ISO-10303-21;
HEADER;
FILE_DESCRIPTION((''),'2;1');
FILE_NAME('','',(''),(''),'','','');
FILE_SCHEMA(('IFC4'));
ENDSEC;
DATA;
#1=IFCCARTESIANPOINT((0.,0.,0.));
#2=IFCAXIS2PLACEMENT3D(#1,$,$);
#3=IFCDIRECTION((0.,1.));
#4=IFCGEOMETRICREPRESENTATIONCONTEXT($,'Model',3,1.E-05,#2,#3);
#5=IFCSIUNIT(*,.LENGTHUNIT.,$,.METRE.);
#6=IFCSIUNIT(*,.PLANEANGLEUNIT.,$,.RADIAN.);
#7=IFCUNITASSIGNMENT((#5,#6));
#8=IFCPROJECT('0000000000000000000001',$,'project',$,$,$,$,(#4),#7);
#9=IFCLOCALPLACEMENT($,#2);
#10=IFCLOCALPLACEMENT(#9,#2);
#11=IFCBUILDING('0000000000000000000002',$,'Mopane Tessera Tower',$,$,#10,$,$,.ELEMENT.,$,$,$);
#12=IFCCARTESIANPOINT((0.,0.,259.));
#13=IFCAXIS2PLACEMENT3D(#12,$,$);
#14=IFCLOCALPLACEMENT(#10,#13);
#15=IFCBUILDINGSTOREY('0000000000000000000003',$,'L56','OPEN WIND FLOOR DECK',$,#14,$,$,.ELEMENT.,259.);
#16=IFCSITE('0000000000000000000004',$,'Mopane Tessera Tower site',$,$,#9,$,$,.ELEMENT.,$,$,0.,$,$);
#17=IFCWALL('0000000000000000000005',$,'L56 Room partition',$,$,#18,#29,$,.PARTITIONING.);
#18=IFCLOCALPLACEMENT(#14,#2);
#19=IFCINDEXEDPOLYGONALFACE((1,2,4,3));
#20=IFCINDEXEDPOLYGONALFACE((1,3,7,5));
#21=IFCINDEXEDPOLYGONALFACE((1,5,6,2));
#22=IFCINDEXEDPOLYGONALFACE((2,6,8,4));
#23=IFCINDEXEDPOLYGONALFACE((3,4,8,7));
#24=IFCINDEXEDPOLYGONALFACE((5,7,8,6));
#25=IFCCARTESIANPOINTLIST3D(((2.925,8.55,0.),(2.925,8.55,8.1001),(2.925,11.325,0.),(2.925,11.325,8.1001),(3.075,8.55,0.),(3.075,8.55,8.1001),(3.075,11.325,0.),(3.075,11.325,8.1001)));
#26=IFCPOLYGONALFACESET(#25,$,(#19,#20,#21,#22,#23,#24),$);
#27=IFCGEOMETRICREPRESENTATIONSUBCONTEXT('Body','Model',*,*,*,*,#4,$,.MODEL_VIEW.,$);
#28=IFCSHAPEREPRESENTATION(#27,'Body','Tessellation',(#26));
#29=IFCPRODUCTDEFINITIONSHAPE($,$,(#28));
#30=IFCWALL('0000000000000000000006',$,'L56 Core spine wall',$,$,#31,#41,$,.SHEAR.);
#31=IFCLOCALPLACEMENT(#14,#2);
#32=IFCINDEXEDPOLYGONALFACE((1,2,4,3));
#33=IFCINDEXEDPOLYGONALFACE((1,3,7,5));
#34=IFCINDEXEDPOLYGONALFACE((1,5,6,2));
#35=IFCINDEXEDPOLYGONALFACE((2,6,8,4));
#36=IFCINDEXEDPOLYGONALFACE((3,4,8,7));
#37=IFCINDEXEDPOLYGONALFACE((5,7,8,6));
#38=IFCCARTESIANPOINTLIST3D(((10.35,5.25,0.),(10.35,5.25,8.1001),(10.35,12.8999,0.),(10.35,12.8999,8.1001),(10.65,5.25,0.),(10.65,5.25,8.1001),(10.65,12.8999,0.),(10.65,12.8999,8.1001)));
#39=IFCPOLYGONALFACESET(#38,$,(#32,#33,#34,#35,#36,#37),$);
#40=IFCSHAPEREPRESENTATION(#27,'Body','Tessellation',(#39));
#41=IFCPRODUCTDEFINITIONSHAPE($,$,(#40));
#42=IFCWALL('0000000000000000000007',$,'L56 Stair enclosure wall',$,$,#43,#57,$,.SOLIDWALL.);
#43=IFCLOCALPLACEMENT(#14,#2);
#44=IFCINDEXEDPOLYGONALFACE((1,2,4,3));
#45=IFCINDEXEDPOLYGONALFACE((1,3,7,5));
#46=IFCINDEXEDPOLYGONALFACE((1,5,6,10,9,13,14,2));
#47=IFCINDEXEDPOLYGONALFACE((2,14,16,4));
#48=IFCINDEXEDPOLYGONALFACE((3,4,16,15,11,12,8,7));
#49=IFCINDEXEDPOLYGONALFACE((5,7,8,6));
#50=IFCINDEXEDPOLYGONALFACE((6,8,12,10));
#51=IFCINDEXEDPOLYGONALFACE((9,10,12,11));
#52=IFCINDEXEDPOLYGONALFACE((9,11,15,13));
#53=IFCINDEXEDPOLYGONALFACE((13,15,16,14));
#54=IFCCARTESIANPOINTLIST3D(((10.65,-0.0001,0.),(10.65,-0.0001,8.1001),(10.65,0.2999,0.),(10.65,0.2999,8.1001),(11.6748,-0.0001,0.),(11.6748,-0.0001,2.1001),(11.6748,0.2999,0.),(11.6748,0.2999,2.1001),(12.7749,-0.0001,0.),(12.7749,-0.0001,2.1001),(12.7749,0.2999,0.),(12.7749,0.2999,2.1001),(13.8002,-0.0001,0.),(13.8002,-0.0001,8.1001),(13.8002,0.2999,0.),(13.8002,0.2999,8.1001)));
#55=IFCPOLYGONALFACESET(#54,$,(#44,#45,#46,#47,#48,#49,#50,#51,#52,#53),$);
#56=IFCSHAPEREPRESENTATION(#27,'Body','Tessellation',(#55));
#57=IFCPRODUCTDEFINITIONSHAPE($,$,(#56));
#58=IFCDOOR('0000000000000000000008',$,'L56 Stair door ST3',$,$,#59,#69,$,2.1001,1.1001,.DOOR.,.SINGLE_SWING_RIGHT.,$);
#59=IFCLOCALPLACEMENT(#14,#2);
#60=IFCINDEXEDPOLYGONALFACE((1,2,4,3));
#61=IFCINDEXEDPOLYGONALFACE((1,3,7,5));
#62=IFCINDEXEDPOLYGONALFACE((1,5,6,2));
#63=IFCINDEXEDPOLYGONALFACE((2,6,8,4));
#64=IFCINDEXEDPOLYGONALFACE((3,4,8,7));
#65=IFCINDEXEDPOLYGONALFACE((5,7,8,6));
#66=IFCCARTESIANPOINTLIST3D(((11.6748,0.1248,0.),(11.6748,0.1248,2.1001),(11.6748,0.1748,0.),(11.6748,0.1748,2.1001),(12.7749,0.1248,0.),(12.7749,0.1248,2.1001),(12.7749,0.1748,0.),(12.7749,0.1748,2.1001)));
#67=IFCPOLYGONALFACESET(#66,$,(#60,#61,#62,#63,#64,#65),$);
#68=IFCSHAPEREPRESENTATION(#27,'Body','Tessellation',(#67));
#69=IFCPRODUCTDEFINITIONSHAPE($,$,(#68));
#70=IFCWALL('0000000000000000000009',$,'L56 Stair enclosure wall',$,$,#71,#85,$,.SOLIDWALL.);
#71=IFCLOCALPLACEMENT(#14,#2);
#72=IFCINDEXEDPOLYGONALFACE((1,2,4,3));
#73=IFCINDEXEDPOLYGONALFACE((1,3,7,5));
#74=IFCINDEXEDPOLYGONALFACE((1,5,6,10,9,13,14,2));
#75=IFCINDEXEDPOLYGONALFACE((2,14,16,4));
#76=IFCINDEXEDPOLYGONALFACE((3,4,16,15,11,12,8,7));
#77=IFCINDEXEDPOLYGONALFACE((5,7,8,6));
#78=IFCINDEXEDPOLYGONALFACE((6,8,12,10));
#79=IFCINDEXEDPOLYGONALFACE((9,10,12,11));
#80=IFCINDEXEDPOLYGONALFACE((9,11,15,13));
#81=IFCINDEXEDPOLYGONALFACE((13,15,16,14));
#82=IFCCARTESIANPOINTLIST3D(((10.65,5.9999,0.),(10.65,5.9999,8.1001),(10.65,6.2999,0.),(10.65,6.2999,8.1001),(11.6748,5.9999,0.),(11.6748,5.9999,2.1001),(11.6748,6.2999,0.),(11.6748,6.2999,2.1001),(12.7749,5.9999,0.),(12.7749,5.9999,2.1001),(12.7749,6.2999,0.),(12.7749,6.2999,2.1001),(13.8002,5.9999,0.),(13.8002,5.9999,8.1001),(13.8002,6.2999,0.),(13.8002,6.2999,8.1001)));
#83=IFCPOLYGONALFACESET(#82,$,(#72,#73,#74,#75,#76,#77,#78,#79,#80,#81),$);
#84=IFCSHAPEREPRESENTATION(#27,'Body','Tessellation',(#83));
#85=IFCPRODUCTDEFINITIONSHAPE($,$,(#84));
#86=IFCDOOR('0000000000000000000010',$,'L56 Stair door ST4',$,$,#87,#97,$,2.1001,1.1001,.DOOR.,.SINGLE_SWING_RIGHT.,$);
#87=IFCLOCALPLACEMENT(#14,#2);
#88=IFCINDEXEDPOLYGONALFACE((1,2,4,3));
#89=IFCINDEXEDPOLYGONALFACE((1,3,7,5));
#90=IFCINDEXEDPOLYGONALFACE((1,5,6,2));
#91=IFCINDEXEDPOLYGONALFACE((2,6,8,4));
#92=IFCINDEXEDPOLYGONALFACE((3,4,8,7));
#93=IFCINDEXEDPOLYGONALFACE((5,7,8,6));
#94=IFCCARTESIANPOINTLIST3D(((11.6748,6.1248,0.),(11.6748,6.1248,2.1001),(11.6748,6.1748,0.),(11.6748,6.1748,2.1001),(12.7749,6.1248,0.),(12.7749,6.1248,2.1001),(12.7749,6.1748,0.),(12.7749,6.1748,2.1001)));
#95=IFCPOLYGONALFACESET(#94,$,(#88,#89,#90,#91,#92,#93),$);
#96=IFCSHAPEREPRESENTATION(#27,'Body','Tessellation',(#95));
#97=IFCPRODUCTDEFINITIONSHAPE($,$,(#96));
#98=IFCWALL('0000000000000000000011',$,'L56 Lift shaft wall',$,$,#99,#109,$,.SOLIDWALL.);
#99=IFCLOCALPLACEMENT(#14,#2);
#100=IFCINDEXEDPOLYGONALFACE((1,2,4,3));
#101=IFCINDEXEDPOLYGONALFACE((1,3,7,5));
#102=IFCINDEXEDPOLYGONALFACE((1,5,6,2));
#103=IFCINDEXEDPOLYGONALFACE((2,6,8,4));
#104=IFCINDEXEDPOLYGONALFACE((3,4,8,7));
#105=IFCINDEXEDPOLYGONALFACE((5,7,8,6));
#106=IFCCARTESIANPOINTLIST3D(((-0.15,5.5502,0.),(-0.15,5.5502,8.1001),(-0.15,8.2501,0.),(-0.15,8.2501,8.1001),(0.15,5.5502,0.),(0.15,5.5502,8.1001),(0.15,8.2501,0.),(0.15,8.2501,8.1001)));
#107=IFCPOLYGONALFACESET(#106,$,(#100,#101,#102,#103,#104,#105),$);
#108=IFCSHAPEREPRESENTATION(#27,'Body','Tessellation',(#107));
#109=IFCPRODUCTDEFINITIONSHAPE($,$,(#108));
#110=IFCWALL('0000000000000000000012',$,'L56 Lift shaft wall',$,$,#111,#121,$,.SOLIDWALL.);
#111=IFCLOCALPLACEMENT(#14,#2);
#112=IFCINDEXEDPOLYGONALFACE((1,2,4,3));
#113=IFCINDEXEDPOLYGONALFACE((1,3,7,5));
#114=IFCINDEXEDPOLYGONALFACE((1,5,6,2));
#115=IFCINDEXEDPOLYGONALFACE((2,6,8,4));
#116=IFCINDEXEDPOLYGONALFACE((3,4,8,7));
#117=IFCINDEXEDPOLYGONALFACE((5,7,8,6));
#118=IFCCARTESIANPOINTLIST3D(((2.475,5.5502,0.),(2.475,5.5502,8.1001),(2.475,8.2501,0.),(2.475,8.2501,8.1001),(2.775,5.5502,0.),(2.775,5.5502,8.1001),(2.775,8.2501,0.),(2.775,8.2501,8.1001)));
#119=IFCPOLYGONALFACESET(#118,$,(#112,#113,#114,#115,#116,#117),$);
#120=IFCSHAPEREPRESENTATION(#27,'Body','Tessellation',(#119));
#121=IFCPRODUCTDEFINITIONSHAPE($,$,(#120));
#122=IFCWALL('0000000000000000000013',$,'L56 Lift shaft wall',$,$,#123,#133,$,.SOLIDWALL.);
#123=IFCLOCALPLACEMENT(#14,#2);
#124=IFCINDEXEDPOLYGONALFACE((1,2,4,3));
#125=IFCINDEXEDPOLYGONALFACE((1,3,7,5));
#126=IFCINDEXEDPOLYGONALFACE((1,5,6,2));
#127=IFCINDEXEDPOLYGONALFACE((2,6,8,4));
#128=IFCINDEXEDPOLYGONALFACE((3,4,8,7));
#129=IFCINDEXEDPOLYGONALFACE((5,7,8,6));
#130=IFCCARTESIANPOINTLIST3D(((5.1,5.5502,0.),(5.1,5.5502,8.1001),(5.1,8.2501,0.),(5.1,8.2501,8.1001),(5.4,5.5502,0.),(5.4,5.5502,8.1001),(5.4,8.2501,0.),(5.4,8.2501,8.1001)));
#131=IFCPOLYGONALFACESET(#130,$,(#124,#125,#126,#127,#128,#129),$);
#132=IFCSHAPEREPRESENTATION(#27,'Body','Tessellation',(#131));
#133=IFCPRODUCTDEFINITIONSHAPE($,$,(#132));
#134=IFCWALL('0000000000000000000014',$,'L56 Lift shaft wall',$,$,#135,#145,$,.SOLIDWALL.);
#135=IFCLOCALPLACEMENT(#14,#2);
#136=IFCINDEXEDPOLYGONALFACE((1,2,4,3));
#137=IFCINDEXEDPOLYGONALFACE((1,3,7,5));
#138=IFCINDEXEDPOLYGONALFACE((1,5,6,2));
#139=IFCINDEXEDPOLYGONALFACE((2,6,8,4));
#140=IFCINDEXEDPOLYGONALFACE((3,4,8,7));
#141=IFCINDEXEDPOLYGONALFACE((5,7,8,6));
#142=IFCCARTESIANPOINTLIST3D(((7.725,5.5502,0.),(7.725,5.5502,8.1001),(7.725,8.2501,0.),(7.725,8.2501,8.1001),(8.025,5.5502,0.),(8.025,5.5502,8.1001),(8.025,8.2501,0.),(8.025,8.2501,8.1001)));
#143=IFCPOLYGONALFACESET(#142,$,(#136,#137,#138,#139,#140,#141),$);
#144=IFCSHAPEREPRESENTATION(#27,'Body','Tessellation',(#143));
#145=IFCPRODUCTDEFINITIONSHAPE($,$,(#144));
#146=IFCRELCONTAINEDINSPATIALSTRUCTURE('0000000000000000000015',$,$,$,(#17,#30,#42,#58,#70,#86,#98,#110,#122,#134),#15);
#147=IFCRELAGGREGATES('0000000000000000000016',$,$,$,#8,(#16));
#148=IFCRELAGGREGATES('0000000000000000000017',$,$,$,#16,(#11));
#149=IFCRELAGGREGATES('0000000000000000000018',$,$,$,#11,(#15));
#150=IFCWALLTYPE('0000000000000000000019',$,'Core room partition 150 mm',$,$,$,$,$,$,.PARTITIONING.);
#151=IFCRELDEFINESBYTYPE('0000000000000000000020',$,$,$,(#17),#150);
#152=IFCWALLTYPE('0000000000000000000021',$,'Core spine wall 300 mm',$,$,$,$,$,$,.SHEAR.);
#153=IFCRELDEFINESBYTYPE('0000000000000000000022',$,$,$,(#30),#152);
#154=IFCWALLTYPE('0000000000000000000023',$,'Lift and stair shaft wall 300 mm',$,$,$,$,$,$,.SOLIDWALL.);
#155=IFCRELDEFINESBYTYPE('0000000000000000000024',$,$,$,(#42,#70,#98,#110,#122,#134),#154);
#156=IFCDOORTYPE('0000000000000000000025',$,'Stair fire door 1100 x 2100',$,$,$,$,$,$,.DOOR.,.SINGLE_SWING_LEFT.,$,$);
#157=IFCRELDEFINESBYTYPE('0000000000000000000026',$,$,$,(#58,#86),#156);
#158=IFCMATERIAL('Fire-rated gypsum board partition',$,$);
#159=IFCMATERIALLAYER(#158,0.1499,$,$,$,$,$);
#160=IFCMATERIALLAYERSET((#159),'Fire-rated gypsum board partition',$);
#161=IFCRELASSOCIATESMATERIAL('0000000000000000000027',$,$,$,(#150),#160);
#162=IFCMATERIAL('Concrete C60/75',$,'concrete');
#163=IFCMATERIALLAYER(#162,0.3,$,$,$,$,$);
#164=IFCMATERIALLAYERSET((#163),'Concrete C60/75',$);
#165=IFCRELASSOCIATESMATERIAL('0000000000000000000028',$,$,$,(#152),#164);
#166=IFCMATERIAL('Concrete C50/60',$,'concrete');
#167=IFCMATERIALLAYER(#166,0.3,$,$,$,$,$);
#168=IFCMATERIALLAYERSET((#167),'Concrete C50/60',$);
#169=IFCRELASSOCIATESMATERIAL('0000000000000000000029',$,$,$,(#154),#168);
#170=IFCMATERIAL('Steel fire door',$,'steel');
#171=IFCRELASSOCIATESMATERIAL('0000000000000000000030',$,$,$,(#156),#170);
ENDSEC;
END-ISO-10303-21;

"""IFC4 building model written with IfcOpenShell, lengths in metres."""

from ifc_helpers import new_model, si_unit, direction, frame, frame_2d, origin, place, context, subcontext, project, spatial, rectangle, extrude, material, layer, layer_set, type_object, element, fill, save


model = new_model("IFC4")

# Units and contexts
model_context = context("Model", 3, precision=1e-05, world=origin(), true_north=direction((0.0, 1.0)))
body_context = subcontext(model_context, "Body", "Model", "MODEL_VIEW")
ifc_project = project(units=[si_unit("LENGTHUNIT", "METRE"), si_unit("PLANEANGLEUNIT", "RADIAN")], contexts=[model_context])

# Site, building, storey
site_placement = place(None, origin())
site = spatial("IfcSite", under=ifc_project, at=site_placement, Name="Mopane Tessera Tower site", CompositionType="ELEMENT", RefElevation=0.0)
building_placement = place(site_placement, origin())
building = spatial("IfcBuilding", under=site, at=building_placement, Name="Mopane Tessera Tower", CompositionType="ELEMENT")
storey_placement = place(building_placement, frame((0.0, 0.0, 259.0)))
storey = spatial("IfcBuildingStorey", under=building, at=storey_placement, Name="L56", Description="OPEN WIND FLOOR DECK", CompositionType="ELEMENT", Elevation=259.0)

# Walls
ifc_material_1 = material(Name="Fire-rated gypsum board partition")
ifc_layer_1 = layer(ifc_material_1, 0.1499)
ifc_layer_set_1 = layer_set([ifc_layer_1], Name="Fire-rated gypsum board partition")
wall_type_1 = type_object("IfcWallType", Name="Core room partition 150 mm", PredefinedType="PARTITIONING", material=ifc_layer_set_1)
wall_1_placement = place(storey_placement, frame((3.0, 8.55, 0.0), z_axis=(0.0, 0.0, 1.0), x_axis=(0.0, 1.0, 0.0)))
element("IfcWall", 1, at=wall_1_placement, inside=storey, type_object=wall_type_1, Name="L56 Room partition", PredefinedType="PARTITIONING", context=body_context, shape_type="SweptSolid", body=[
    extrude(rectangle(XDim=2.7749, YDim=0.1499, at=frame_2d((1.3875, 0.0))), origin(), (0.0, 0.0, 1.0), 8.1001),
])
ifc_material_2 = material(Name="Concrete C60/75", Category="concrete")
ifc_layer_2 = layer(ifc_material_2, 0.3)
ifc_layer_set_2 = layer_set([ifc_layer_2], Name="Concrete C60/75")
wall_type_2 = type_object("IfcWallType", Name="Core spine wall 300 mm", PredefinedType="SHEAR", material=ifc_layer_set_2)
wall_2_placement = place(storey_placement, frame((10.5, 5.25, 0.0), z_axis=(0.0, 0.0, 1.0), x_axis=(0.0, 1.0, 0.0)))
element("IfcWall", 2, at=wall_2_placement, inside=storey, type_object=wall_type_2, Name="L56 Core spine wall", PredefinedType="SHEAR", context=body_context, shape_type="SweptSolid", body=[
    extrude(rectangle(XDim=7.6499, YDim=0.3, at=frame_2d((3.825, 0.0))), origin(), (0.0, 0.0, 1.0), 8.1001),
])

# Walls, openings, doors
ifc_material_3 = material(Name="Concrete C50/60", Category="concrete")
ifc_layer_3 = layer(ifc_material_3, 0.3)
ifc_layer_set_3 = layer_set([ifc_layer_3], Name="Concrete C50/60")
wall_type_3 = type_object("IfcWallType", Name="Lift and stair shaft wall 300 mm", PredefinedType="SOLIDWALL", material=ifc_layer_set_3)
wall_3_placement = place(storey_placement, frame((10.6499, 0.1499, 0.0), z_axis=(0.0, 0.0, 1.0), x_axis=(1.0, 0.0, 0.0)))
wall_3 = element("IfcWall", 3, at=wall_3_placement, inside=storey, type_object=wall_type_3, Name="L56 Stair enclosure wall", PredefinedType="SOLIDWALL", context=body_context, shape_type="SweptSolid", body=[
    extrude(rectangle(XDim=3.1501, YDim=0.3, at=frame_2d((1.5752, 0.0))), origin(), (0.0, 0.0, 1.0), 8.1001),
])
opening_1_placement = place(wall_3_placement, frame((1.0249, 0.0, 0.0)))
opening_1 = element("IfcOpeningElement", 4, at=opening_1_placement, cuts=wall_3, PredefinedType="OPENING", context=body_context, shape_type="SweptSolid", body=[
    extrude(rectangle(XDim=1.1001, YDim=2.1001, at=frame_2d((0.55, 1.05))), frame((0.0, 0.1621, 0.0), z_axis=(0.0, -1.0, 0.0), x_axis=(1.0, 0.0, 0.0)), (0.0, 0.0, 1.0), 0.324),
])
ifc_material_4 = material(Name="Steel fire door", Category="steel")
door_type = type_object("IfcDoorType", Name="Stair fire door 1100 x 2100", OperationType="SINGLE_SWING_LEFT", PredefinedType="DOOR", material=ifc_material_4)
door_1_placement = place(opening_1_placement, origin())
door_1 = element("IfcDoor", 5, at=door_1_placement, inside=storey, type_object=door_type, Name="L56 Stair door ST3", OperationType="SINGLE_SWING_RIGHT", OverallHeight=2.1001, OverallWidth=1.1001, PredefinedType="DOOR", context=body_context, shape_type="SweptSolid", body=[
    extrude(rectangle(XDim=1.1001, YDim=2.1001, at=frame_2d((0.55, 1.05))), frame((0.0, 0.0249, 0.0), z_axis=(0.0, -1.0, 0.0), x_axis=(1.0, 0.0, 0.0)), (0.0, 0.0, 1.0), 0.05),
])
fill(opening_1, door_1)
wall_4_placement = place(storey_placement, frame((10.6499, 6.1499, 0.0), z_axis=(0.0, 0.0, 1.0), x_axis=(1.0, 0.0, 0.0)))
wall_4 = element("IfcWall", 6, at=wall_4_placement, inside=storey, type_object=wall_type_3, Name="L56 Stair enclosure wall", PredefinedType="SOLIDWALL", context=body_context, shape_type="SweptSolid", body=[
    extrude(rectangle(XDim=3.1501, YDim=0.3, at=frame_2d((1.5752, 0.0))), origin(), (0.0, 0.0, 1.0), 8.1001),
])
opening_2_placement = place(wall_4_placement, frame((1.0249, 0.0, 0.0)))
opening_2 = element("IfcOpeningElement", 7, at=opening_2_placement, cuts=wall_4, PredefinedType="OPENING", context=body_context, shape_type="SweptSolid", body=[
    extrude(rectangle(XDim=1.1001, YDim=2.1001, at=frame_2d((0.55, 1.05))), frame((0.0, 0.1621, 0.0), z_axis=(0.0, -1.0, 0.0), x_axis=(1.0, 0.0, 0.0)), (0.0, 0.0, 1.0), 0.324),
])
door_2_placement = place(opening_2_placement, origin())
door_2 = element("IfcDoor", 8, at=door_2_placement, inside=storey, type_object=door_type, Name="L56 Stair door ST4", OperationType="SINGLE_SWING_RIGHT", OverallHeight=2.1001, OverallWidth=1.1001, PredefinedType="DOOR", context=body_context, shape_type="SweptSolid", body=[
    extrude(rectangle(XDim=1.1001, YDim=2.1001, at=frame_2d((0.55, 1.05))), frame((0.0, 0.0249, 0.0), z_axis=(0.0, -1.0, 0.0), x_axis=(1.0, 0.0, 0.0)), (0.0, 0.0, 1.0), 0.05),
])
fill(opening_2, door_2)

# Walls
for number, where, z_axis, x_axis, name in (
    (9, (0.0, 5.55, 0.0), (0.0, 0.0, 1.0), (0.0, 1.0, 0.0), "L56 Lift shaft wall"),
    (10, (2.625, 5.55, 0.0), (0.0, 0.0, 1.0), (0.0, 1.0, 0.0), "L56 Lift shaft wall"),
    (11, (5.25, 5.55, 0.0), (0.0, 0.0, 1.0), (0.0, 1.0, 0.0), "L56 Lift shaft wall"),
    (12, (7.875, 5.55, 0.0), (0.0, 0.0, 1.0), (0.0, 1.0, 0.0), "L56 Lift shaft wall"),
):
    element("IfcWall", number, at=place(storey_placement, frame(where, z_axis=z_axis, x_axis=x_axis)), inside=storey, type_object=wall_type_3, Name=name, PredefinedType="SOLIDWALL", context=body_context, shape_type="SweptSolid", body=[
        extrude(rectangle(XDim=2.7, YDim=0.3, at=frame_2d((1.3501, 0.0))), origin(), (0.0, 0.0, 1.0), 8.1001),
    ])

save(model, "model.ifc")
